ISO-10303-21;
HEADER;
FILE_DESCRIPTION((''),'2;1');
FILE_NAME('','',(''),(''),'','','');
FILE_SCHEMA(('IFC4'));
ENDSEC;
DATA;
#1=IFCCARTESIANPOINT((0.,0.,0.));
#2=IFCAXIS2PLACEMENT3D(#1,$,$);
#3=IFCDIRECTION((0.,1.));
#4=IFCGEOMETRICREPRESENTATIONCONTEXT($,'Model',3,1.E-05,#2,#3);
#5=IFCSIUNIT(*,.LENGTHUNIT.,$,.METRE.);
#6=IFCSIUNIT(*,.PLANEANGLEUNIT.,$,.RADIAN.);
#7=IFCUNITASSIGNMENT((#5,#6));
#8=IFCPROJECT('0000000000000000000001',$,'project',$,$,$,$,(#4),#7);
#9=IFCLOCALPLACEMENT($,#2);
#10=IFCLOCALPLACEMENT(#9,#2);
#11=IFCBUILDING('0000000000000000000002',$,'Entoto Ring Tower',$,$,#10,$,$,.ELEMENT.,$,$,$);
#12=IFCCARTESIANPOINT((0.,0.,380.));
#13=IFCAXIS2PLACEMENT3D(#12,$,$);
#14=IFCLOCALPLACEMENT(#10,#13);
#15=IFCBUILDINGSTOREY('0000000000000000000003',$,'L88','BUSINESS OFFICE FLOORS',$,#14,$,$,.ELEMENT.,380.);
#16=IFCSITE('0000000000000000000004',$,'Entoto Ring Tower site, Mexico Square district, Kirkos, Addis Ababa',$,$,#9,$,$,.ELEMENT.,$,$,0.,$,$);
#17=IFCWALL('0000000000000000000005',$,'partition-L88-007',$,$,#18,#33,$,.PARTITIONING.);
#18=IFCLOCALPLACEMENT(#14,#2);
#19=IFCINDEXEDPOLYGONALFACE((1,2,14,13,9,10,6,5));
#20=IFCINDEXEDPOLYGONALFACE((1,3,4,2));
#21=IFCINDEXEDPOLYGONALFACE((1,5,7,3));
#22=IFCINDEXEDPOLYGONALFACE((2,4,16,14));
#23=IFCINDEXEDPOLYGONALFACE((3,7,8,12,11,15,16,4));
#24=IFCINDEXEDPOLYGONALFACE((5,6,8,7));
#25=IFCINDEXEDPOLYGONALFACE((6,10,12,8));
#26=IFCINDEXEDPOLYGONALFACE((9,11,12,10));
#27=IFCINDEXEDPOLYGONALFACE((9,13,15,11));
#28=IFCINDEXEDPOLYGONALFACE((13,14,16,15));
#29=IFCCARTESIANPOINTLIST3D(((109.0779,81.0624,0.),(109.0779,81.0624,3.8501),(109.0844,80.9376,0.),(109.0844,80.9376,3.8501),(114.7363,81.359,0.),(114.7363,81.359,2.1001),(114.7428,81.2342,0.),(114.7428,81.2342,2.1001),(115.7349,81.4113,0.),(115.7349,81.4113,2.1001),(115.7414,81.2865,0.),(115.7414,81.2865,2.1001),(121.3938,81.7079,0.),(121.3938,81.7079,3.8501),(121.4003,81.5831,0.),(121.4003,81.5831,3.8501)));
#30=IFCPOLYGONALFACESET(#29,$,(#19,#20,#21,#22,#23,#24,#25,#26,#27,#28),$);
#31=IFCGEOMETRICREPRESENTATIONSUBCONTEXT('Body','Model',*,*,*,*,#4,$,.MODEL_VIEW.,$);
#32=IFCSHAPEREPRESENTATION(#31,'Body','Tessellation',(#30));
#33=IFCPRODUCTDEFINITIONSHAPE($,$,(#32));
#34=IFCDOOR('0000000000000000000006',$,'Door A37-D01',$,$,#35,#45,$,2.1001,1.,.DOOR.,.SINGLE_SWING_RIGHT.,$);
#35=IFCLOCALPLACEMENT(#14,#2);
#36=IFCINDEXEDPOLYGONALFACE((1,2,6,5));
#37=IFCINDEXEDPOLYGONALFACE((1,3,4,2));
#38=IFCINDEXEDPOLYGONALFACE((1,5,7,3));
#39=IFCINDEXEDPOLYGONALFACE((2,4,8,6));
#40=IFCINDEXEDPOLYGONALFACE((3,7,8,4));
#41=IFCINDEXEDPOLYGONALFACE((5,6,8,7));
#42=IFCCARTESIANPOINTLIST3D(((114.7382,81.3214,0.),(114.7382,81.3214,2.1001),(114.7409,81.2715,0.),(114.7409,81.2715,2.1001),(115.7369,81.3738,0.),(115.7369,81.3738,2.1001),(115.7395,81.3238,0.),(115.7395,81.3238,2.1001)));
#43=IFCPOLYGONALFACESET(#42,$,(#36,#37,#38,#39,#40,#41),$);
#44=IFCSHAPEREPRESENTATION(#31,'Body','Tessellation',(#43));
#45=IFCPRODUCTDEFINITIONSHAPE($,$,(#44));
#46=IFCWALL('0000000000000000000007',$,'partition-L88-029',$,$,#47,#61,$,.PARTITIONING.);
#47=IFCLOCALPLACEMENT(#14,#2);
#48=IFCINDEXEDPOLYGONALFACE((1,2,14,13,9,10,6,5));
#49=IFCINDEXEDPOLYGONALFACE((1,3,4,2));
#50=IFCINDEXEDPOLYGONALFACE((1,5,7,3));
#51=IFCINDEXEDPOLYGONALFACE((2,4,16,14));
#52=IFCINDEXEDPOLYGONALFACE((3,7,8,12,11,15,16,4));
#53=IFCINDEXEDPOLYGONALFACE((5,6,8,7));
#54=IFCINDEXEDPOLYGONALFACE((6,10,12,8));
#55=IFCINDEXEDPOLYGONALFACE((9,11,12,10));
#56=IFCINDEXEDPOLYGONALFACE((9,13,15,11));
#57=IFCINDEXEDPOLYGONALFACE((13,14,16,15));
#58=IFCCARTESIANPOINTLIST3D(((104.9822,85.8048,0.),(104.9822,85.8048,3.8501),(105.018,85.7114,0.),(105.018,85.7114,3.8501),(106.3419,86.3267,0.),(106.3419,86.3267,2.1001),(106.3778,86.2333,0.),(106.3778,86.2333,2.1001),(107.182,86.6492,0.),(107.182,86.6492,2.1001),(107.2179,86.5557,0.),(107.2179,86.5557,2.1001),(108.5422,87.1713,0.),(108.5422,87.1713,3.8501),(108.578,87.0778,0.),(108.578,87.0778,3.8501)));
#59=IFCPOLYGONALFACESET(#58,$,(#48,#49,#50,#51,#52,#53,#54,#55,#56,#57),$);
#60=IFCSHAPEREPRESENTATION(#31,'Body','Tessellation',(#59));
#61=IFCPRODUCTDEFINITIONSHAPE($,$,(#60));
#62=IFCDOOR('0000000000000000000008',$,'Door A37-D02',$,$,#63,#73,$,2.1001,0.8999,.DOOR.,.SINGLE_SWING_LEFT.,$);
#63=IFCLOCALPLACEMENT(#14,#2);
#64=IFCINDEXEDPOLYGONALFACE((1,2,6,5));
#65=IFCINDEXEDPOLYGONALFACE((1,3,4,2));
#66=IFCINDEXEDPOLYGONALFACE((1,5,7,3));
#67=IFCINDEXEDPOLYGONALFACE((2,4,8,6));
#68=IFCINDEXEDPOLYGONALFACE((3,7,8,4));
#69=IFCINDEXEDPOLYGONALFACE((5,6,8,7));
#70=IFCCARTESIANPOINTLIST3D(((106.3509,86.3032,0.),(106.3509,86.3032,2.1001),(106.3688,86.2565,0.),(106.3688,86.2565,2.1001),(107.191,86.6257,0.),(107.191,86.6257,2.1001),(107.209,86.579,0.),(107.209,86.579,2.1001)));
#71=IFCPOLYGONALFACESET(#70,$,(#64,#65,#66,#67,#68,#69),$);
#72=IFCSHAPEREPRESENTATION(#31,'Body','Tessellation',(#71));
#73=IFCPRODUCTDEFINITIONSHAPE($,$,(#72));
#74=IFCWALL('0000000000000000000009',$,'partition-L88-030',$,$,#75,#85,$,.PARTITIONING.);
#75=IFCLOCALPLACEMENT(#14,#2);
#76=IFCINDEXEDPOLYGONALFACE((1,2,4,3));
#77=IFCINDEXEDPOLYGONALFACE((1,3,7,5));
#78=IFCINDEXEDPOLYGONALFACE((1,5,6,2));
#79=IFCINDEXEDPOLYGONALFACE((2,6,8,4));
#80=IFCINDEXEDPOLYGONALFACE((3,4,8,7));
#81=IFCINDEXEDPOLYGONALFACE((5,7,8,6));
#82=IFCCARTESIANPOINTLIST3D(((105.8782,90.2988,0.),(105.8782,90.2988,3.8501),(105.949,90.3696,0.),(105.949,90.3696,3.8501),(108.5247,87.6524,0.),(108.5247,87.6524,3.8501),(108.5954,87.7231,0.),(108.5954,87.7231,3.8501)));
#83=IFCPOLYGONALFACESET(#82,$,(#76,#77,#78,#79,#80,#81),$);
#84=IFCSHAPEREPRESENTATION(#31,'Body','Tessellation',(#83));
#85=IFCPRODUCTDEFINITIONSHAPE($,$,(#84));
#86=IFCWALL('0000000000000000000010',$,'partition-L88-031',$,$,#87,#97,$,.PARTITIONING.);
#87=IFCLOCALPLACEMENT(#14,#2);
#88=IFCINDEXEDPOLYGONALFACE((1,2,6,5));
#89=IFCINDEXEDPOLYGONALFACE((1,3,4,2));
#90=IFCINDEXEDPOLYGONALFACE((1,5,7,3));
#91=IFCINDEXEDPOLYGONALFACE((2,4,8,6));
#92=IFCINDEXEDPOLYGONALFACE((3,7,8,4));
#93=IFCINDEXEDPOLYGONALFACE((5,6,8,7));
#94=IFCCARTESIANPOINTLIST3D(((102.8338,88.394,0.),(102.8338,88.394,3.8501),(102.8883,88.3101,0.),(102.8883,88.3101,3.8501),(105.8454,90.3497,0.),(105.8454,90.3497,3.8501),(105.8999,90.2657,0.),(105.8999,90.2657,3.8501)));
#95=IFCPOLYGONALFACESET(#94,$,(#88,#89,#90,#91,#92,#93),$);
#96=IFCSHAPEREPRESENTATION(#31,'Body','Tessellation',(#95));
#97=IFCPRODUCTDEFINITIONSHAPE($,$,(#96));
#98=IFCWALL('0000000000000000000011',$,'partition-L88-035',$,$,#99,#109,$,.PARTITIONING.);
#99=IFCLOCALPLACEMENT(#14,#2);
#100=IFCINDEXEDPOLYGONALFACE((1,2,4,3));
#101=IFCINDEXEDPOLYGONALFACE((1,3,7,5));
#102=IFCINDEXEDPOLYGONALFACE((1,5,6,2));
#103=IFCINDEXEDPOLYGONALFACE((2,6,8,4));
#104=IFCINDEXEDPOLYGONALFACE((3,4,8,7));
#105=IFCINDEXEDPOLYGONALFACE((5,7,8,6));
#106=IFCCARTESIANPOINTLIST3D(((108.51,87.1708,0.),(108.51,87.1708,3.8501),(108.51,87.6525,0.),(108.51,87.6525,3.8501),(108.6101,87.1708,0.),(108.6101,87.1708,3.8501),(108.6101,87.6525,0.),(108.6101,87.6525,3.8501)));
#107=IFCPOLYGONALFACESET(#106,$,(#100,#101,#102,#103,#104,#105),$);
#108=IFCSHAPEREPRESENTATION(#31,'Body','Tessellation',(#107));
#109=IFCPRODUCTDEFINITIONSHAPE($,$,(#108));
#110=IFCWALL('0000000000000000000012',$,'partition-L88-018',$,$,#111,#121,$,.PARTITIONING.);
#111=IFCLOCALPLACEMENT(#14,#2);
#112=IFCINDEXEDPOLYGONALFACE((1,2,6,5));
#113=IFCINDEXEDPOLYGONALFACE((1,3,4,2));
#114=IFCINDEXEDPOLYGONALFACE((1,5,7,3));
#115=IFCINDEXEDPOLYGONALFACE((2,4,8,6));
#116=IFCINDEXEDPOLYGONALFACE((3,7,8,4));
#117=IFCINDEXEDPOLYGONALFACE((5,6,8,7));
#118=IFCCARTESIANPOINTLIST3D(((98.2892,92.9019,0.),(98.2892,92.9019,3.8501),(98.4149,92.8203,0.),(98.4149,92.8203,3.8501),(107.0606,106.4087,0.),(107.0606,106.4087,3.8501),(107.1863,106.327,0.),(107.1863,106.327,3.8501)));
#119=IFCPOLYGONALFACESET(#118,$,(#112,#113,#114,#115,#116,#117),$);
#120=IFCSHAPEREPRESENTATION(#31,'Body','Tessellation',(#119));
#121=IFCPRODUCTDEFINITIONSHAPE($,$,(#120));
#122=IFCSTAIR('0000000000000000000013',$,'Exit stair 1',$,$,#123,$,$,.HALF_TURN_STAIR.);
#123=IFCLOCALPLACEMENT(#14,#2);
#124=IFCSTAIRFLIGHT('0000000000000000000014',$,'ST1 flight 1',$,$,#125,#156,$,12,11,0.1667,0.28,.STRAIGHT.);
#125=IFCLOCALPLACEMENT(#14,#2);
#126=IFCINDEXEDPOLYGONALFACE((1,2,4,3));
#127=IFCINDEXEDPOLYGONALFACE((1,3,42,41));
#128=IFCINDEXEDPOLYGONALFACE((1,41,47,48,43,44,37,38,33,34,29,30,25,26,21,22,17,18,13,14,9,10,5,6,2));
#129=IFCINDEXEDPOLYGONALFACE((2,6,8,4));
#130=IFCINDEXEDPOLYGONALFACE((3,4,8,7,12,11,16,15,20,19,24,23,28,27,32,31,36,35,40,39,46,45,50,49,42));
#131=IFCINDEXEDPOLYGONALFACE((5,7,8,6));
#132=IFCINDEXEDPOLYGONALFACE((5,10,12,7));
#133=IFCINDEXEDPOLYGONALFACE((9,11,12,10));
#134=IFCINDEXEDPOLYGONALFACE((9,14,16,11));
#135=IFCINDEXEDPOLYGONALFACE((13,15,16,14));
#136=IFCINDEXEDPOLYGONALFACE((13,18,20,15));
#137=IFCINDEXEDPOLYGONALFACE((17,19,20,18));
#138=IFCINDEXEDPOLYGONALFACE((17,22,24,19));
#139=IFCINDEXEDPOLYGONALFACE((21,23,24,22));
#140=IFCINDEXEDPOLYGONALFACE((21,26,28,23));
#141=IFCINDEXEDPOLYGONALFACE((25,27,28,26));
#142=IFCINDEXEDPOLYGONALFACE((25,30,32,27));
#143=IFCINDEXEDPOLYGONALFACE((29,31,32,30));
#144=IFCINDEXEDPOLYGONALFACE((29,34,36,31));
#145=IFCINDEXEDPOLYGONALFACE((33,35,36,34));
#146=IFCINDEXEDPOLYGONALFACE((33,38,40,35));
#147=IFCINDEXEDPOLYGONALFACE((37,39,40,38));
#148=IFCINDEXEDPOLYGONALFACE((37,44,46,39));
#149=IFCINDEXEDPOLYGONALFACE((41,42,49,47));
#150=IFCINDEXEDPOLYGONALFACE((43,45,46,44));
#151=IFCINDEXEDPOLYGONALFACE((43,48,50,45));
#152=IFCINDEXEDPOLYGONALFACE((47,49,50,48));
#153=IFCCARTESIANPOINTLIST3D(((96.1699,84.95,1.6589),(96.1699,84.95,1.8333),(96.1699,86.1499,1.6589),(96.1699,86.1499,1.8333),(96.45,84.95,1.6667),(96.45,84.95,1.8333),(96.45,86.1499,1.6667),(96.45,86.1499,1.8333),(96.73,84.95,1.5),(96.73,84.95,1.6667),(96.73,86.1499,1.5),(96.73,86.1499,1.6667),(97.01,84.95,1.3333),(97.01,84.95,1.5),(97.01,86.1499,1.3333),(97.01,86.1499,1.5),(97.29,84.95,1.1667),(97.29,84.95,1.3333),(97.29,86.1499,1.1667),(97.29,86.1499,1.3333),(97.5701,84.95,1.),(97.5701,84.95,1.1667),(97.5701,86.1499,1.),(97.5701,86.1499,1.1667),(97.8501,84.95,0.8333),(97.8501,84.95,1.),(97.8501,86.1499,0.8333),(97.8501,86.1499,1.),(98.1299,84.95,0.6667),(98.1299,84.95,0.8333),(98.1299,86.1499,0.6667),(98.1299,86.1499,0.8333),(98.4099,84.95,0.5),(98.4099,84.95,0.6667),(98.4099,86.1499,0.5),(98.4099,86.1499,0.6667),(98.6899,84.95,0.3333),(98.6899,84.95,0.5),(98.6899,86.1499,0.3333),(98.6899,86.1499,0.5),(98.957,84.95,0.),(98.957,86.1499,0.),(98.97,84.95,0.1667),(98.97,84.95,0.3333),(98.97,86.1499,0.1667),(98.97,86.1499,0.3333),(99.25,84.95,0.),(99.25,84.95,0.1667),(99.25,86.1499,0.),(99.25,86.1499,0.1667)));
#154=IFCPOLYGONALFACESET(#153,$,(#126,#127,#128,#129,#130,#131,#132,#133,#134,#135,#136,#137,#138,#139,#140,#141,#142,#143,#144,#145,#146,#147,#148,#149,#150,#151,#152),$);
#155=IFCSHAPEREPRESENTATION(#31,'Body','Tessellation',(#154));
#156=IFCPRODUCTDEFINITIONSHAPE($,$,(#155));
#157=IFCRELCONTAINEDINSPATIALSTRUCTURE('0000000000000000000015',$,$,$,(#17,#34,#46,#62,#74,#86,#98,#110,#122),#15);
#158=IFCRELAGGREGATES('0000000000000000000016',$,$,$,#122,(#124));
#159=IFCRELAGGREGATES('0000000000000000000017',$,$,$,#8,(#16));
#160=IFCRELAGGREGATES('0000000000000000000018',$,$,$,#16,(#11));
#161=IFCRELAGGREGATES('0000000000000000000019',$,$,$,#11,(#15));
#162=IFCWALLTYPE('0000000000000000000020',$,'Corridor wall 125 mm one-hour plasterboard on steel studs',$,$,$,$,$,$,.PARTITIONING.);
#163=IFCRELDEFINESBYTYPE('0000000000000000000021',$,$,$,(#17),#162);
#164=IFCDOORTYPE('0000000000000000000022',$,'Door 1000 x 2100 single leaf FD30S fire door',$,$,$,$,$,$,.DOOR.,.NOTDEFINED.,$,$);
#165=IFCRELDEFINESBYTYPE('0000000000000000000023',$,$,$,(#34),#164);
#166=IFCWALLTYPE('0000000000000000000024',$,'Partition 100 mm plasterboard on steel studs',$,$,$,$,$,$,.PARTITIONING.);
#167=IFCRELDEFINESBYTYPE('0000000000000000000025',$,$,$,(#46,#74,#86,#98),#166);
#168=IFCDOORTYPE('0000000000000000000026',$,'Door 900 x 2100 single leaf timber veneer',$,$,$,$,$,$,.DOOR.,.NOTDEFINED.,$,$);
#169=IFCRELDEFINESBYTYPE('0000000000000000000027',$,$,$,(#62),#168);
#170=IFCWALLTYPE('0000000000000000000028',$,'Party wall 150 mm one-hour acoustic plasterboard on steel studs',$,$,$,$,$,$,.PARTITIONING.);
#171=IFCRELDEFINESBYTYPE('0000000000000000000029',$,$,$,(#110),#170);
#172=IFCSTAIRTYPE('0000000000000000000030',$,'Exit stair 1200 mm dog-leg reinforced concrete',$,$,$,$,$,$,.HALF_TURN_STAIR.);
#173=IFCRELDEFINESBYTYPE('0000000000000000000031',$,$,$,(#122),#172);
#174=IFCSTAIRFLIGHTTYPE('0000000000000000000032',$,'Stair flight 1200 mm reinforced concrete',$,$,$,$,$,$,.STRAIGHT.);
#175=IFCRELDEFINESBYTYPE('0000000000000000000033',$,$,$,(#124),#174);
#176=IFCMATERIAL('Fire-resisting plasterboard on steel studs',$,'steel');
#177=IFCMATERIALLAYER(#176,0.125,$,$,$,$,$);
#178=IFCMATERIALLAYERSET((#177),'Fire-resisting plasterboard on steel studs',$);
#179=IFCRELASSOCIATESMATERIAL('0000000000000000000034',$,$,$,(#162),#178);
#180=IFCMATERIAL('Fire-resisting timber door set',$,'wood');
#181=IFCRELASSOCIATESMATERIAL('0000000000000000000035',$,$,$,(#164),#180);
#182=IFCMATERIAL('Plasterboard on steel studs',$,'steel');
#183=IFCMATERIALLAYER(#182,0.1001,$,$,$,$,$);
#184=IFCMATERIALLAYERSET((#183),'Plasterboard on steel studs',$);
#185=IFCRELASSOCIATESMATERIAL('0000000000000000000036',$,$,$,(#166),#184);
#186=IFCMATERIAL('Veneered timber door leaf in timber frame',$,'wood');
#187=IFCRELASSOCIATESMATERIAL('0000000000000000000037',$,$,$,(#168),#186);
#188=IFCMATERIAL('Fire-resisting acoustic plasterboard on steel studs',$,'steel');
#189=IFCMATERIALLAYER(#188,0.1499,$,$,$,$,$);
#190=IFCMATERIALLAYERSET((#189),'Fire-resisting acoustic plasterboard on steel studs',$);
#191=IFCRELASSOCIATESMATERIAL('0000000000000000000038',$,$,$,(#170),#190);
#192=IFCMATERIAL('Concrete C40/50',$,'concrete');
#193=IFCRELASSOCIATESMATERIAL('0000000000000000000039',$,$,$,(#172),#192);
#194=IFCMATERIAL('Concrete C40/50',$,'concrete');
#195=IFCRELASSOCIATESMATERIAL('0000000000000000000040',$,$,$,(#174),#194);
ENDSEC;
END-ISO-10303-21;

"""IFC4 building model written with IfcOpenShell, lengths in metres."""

from ifc_helpers import new_model, si_unit, direction, frame, frame_2d, origin, place, context, subcontext, project, spatial, polyline, rectangle, outline, extrude, material, layer, layer_set, type_object, element, fill, aggregate, save


model = new_model("IFC4")

# Units and contexts
model_context = context("Model", 3, precision=1e-05, world=origin(), true_north=direction((0.0, 1.0)))
body_context = subcontext(model_context, "Body", "Model", "MODEL_VIEW")
ifc_project = project(units=[si_unit("LENGTHUNIT", "METRE"), si_unit("PLANEANGLEUNIT", "RADIAN")], contexts=[model_context])

# Site, building, storey
site_placement = place(None, origin())
site = spatial("IfcSite", under=ifc_project, at=site_placement, Name="Entoto Ring Tower site, Mexico Square district, Kirkos, Addis Ababa", CompositionType="ELEMENT", RefElevation=0.0)
building_placement = place(site_placement, origin())
building = spatial("IfcBuilding", under=site, at=building_placement, Name="Entoto Ring Tower", CompositionType="ELEMENT")
storey_placement = place(building_placement, frame((0.0, 0.0, 380.0)))
storey = spatial("IfcBuildingStorey", under=building, at=storey_placement, Name="L88", Description="BUSINESS OFFICE FLOORS", CompositionType="ELEMENT", Elevation=380.0)

# Walls, openings, doors
ifc_material_1 = material(Name="Fire-resisting plasterboard on steel studs", Category="steel")
ifc_layer_1 = layer(ifc_material_1, 0.125)
ifc_layer_set_1 = layer_set([ifc_layer_1], Name="Fire-resisting plasterboard on steel studs")
wall_type_1 = type_object("IfcWallType", Name="Corridor wall 125 mm one-hour plasterboard on steel studs", PredefinedType="PARTITIONING", material=ifc_layer_set_1)
wall_1_placement = place(storey_placement, frame((109.0811, 81.0, 0.0), z_axis=(0.0, 0.0, 1.0), x_axis=(0.998629, 0.052341, 0.0)))
wall_1 = element("IfcWall", 1, at=wall_1_placement, inside=storey, type_object=wall_type_1, Name="partition-L88-007", PredefinedType="PARTITIONING", context=body_context, shape_type="SweptSolid", body=[
    extrude(rectangle(XDim=12.3328, YDim=0.125, at=frame_2d((6.1665, 0.0))), origin(), (0.0, 0.0, 1.0), 3.8501),
])
opening_1_placement = place(wall_1_placement, frame((5.6663, 0.0, 0.0)))
opening_1 = element("IfcOpeningElement", 2, at=opening_1_placement, cuts=wall_1, PredefinedType="OPENING", context=body_context, shape_type="SweptSolid", body=[
    extrude(rectangle(XDim=1.0, YDim=2.1001, at=frame_2d((0.5, 1.05))), frame((0.0, 0.0725, 0.0), z_axis=(0.0, -1.0, 0.0), x_axis=(1.0, 0.0, 0.0)), (0.0, 0.0, 1.0), 0.145),
])
ifc_material_2 = material(Name="Fire-resisting timber door set", Category="wood")
door_type_1 = type_object("IfcDoorType", Name="Door 1000 x 2100 single leaf FD30S fire door", OperationType="NOTDEFINED", PredefinedType="DOOR", material=ifc_material_2)
door_1_placement = place(opening_1_placement, origin())
door_1 = element("IfcDoor", 3, at=door_1_placement, inside=storey, type_object=door_type_1, Name="Door A37-D01", OperationType="SINGLE_SWING_RIGHT", OverallHeight=2.1001, OverallWidth=1.0, PredefinedType="DOOR", context=body_context, shape_type="SweptSolid", body=[
    extrude(rectangle(XDim=1.0, YDim=2.1001, at=frame_2d((0.5, 1.05))), frame((0.0, 0.0249, 0.0), z_axis=(0.0, -1.0, 0.0), x_axis=(1.0, 0.0, 0.0)), (0.0, 0.0, 1.0), 0.05),
])
fill(opening_1, door_1)
ifc_material_3 = material(Name="Plasterboard on steel studs", Category="steel")
ifc_layer_2 = layer(ifc_material_3, 0.1001)
ifc_layer_set_2 = layer_set([ifc_layer_2], Name="Plasterboard on steel studs")
wall_type_2 = type_object("IfcWallType", Name="Partition 100 mm plasterboard on steel studs", PredefinedType="PARTITIONING", material=ifc_layer_set_2)
wall_2_placement = place(storey_placement, frame((105.0, 85.7581, 0.0), z_axis=(0.0, 0.0, 1.0), x_axis=(0.933591, 0.35834, 0.0)))
wall_2 = element("IfcWall", 4, at=wall_2_placement, inside=storey, type_object=wall_type_2, Name="partition-L88-029", PredefinedType="PARTITIONING", context=body_context, shape_type="SweptSolid", body=[
    extrude(rectangle(XDim=3.8132, YDim=0.1001, at=frame_2d((1.9067, 0.0))), origin(), (0.0, 0.0, 1.0), 3.8501),
])
opening_2_placement = place(wall_2_placement, frame((1.4565, 0.0, 0.0)))
opening_2 = element("IfcOpeningElement", 5, at=opening_2_placement, cuts=wall_2, PredefinedType="OPENING", context=body_context, shape_type="SweptSolid", body=[
    extrude(rectangle(XDim=0.8999, YDim=2.1001, at=frame_2d((0.45, 1.05))), frame((0.0, 0.0601, 0.0), z_axis=(0.0, -1.0, 0.0), x_axis=(1.0, 0.0, 0.0)), (0.0, 0.0, 1.0), 0.1201),
])
ifc_material_4 = material(Name="Veneered timber door leaf in timber frame", Category="wood")
door_type_2 = type_object("IfcDoorType", Name="Door 900 x 2100 single leaf timber veneer", OperationType="NOTDEFINED", PredefinedType="DOOR", material=ifc_material_4)
door_2_placement = place(opening_2_placement, origin())
door_2 = element("IfcDoor", 6, at=door_2_placement, inside=storey, type_object=door_type_2, Name="Door A37-D02", OperationType="SINGLE_SWING_LEFT", OverallHeight=2.1001, OverallWidth=0.8999, PredefinedType="DOOR", context=body_context, shape_type="SweptSolid", body=[
    extrude(rectangle(XDim=0.8999, YDim=2.1001, at=frame_2d((0.45, 1.05))), frame((0.0, 0.0249, 0.0), z_axis=(0.0, -1.0, 0.0), x_axis=(1.0, 0.0, 0.0)), (0.0, 0.0, 1.0), 0.05),
])
fill(opening_2, door_2)

# Walls
wall_3_placement = place(storey_placement, frame((108.5601, 87.6877, 0.0), z_axis=(0.0, 0.0, 1.0), x_axis=(-0.707107, 0.707107, 0.0)))
element("IfcWall", 7, at=wall_3_placement, inside=storey, type_object=wall_type_2, Name="partition-L88-030", PredefinedType="PARTITIONING", context=body_context, shape_type="SweptSolid", body=[
    extrude(rectangle(XDim=3.7427, YDim=0.1001, at=frame_2d((1.8713, 0.0))), origin(), (0.0, 0.0, 1.0), 3.8501),
])
wall_4_placement = place(storey_placement, frame((102.8611, 88.3521, 0.0), z_axis=(0.0, 0.0, 1.0), x_axis=(0.838684, 0.544618, 0.0)))
element("IfcWall", 8, at=wall_4_placement, inside=storey, type_object=wall_type_2, Name="partition-L88-031", PredefinedType="PARTITIONING", context=body_context, shape_type="SweptSolid", body=[
    extrude(rectangle(XDim=3.5908, YDim=0.1001, at=frame_2d((1.7954, 0.0))), origin(), (0.0, 0.0, 1.0), 3.8501),
])
wall_5_placement = place(storey_placement, frame((108.5601, 87.1709, 0.0), z_axis=(0.0, 0.0, 1.0), x_axis=(0.0, 1.0, 0.0)))
element("IfcWall", 9, at=wall_5_placement, inside=storey, type_object=wall_type_2, Name="partition-L88-035", PredefinedType="PARTITIONING", context=body_context, shape_type="SweptSolid", body=[
    extrude(rectangle(XDim=0.4817, YDim=0.1001, at=frame_2d((0.2407, 0.0))), origin(), (0.0, 0.0, 1.0), 3.8501),
])
ifc_material_5 = material(Name="Fire-resisting acoustic plasterboard on steel studs", Category="steel")
ifc_layer_3 = layer(ifc_material_5, 0.1499)
ifc_layer_set_3 = layer_set([ifc_layer_3], Name="Fire-resisting acoustic plasterboard on steel studs")
wall_type_3 = type_object("IfcWallType", Name="Party wall 150 mm one-hour acoustic plasterboard on steel studs", PredefinedType="PARTITIONING", material=ifc_layer_set_3)
wall_6_placement = place(storey_placement, frame((98.3521, 92.8611, 0.0), z_axis=(0.0, 0.0, 1.0), x_axis=(0.544641, 0.838669, 0.0)))
element("IfcWall", 10, at=wall_6_placement, inside=storey, type_object=wall_type_3, Name="partition-L88-018", PredefinedType="PARTITIONING", context=body_context, shape_type="SweptSolid", body=[
    extrude(rectangle(XDim=16.105, YDim=0.1499, at=frame_2d((8.0525, 0.0))), origin(), (0.0, 0.0, 1.0), 3.8501),
])

# Stair, stair flight
ifc_material_6 = material(Name="Concrete C40/50", Category="concrete")
stair_type = type_object("IfcStairType", Name="Exit stair 1200 mm dog-leg reinforced concrete", PredefinedType="HALF_TURN_STAIR", material=ifc_material_6)
stair_placement = place(storey_placement, origin())
stair = element("IfcStair", 11, at=stair_placement, inside=storey, type_object=stair_type, Name="Exit stair 1", PredefinedType="HALF_TURN_STAIR")
ifc_material_7 = material(Name="Concrete C40/50", Category="concrete")
stair_flight_type = type_object("IfcStairFlightType", Name="Stair flight 1200 mm reinforced concrete", PredefinedType="STRAIGHT", material=ifc_material_7)
stair_flight_placement = place(storey_placement, frame((99.25, 85.55, 0.0), z_axis=(0.0, 0.0, 1.0), x_axis=(-1.0, 0.0, 0.0)))
stair_flight = element("IfcStairFlight", 12, at=stair_flight_placement, type_object=stair_flight_type, Name="ST1 flight 1", NumberOfRisers=12, NumberOfTreads=11, PredefinedType="STRAIGHT", RiserHeight=0.1667, TreadLength=0.28, context=body_context, shape_type="SweptSolid", body=[
    extrude(outline(polyline([(0.0, 0.0), (0.0, 0.1667), (0.28, 0.1667), (0.28, 0.3333), (0.5601, 0.3333), (0.5601, 0.5), (0.8401, 0.5), (0.8401, 0.6667), (1.1201, 0.6667), (1.1201, 0.8333), (1.3999, 0.8333), (1.3999, 1.0), (1.6799, 1.0), (1.6799, 1.1667), (1.96, 1.1667), (1.96, 1.3333), (2.24, 1.3333), (2.24, 1.5), (2.52, 1.5), (2.52, 1.6667), (2.8, 1.6667), (2.8, 1.8333), (3.0801, 1.8333), (3.0801, 2.0), (3.0801, 1.6589), (0.293, 0.0), (0.0, 0.0)])), frame((0.0, 0.6001, 0.0), z_axis=(0.0, -1.0, 0.0), x_axis=(1.0, 0.0, 0.0)), (0.0, 0.0, 1.0), 1.2),
])
aggregate(stair, [stair_flight])

save(model, "model.ifc")
